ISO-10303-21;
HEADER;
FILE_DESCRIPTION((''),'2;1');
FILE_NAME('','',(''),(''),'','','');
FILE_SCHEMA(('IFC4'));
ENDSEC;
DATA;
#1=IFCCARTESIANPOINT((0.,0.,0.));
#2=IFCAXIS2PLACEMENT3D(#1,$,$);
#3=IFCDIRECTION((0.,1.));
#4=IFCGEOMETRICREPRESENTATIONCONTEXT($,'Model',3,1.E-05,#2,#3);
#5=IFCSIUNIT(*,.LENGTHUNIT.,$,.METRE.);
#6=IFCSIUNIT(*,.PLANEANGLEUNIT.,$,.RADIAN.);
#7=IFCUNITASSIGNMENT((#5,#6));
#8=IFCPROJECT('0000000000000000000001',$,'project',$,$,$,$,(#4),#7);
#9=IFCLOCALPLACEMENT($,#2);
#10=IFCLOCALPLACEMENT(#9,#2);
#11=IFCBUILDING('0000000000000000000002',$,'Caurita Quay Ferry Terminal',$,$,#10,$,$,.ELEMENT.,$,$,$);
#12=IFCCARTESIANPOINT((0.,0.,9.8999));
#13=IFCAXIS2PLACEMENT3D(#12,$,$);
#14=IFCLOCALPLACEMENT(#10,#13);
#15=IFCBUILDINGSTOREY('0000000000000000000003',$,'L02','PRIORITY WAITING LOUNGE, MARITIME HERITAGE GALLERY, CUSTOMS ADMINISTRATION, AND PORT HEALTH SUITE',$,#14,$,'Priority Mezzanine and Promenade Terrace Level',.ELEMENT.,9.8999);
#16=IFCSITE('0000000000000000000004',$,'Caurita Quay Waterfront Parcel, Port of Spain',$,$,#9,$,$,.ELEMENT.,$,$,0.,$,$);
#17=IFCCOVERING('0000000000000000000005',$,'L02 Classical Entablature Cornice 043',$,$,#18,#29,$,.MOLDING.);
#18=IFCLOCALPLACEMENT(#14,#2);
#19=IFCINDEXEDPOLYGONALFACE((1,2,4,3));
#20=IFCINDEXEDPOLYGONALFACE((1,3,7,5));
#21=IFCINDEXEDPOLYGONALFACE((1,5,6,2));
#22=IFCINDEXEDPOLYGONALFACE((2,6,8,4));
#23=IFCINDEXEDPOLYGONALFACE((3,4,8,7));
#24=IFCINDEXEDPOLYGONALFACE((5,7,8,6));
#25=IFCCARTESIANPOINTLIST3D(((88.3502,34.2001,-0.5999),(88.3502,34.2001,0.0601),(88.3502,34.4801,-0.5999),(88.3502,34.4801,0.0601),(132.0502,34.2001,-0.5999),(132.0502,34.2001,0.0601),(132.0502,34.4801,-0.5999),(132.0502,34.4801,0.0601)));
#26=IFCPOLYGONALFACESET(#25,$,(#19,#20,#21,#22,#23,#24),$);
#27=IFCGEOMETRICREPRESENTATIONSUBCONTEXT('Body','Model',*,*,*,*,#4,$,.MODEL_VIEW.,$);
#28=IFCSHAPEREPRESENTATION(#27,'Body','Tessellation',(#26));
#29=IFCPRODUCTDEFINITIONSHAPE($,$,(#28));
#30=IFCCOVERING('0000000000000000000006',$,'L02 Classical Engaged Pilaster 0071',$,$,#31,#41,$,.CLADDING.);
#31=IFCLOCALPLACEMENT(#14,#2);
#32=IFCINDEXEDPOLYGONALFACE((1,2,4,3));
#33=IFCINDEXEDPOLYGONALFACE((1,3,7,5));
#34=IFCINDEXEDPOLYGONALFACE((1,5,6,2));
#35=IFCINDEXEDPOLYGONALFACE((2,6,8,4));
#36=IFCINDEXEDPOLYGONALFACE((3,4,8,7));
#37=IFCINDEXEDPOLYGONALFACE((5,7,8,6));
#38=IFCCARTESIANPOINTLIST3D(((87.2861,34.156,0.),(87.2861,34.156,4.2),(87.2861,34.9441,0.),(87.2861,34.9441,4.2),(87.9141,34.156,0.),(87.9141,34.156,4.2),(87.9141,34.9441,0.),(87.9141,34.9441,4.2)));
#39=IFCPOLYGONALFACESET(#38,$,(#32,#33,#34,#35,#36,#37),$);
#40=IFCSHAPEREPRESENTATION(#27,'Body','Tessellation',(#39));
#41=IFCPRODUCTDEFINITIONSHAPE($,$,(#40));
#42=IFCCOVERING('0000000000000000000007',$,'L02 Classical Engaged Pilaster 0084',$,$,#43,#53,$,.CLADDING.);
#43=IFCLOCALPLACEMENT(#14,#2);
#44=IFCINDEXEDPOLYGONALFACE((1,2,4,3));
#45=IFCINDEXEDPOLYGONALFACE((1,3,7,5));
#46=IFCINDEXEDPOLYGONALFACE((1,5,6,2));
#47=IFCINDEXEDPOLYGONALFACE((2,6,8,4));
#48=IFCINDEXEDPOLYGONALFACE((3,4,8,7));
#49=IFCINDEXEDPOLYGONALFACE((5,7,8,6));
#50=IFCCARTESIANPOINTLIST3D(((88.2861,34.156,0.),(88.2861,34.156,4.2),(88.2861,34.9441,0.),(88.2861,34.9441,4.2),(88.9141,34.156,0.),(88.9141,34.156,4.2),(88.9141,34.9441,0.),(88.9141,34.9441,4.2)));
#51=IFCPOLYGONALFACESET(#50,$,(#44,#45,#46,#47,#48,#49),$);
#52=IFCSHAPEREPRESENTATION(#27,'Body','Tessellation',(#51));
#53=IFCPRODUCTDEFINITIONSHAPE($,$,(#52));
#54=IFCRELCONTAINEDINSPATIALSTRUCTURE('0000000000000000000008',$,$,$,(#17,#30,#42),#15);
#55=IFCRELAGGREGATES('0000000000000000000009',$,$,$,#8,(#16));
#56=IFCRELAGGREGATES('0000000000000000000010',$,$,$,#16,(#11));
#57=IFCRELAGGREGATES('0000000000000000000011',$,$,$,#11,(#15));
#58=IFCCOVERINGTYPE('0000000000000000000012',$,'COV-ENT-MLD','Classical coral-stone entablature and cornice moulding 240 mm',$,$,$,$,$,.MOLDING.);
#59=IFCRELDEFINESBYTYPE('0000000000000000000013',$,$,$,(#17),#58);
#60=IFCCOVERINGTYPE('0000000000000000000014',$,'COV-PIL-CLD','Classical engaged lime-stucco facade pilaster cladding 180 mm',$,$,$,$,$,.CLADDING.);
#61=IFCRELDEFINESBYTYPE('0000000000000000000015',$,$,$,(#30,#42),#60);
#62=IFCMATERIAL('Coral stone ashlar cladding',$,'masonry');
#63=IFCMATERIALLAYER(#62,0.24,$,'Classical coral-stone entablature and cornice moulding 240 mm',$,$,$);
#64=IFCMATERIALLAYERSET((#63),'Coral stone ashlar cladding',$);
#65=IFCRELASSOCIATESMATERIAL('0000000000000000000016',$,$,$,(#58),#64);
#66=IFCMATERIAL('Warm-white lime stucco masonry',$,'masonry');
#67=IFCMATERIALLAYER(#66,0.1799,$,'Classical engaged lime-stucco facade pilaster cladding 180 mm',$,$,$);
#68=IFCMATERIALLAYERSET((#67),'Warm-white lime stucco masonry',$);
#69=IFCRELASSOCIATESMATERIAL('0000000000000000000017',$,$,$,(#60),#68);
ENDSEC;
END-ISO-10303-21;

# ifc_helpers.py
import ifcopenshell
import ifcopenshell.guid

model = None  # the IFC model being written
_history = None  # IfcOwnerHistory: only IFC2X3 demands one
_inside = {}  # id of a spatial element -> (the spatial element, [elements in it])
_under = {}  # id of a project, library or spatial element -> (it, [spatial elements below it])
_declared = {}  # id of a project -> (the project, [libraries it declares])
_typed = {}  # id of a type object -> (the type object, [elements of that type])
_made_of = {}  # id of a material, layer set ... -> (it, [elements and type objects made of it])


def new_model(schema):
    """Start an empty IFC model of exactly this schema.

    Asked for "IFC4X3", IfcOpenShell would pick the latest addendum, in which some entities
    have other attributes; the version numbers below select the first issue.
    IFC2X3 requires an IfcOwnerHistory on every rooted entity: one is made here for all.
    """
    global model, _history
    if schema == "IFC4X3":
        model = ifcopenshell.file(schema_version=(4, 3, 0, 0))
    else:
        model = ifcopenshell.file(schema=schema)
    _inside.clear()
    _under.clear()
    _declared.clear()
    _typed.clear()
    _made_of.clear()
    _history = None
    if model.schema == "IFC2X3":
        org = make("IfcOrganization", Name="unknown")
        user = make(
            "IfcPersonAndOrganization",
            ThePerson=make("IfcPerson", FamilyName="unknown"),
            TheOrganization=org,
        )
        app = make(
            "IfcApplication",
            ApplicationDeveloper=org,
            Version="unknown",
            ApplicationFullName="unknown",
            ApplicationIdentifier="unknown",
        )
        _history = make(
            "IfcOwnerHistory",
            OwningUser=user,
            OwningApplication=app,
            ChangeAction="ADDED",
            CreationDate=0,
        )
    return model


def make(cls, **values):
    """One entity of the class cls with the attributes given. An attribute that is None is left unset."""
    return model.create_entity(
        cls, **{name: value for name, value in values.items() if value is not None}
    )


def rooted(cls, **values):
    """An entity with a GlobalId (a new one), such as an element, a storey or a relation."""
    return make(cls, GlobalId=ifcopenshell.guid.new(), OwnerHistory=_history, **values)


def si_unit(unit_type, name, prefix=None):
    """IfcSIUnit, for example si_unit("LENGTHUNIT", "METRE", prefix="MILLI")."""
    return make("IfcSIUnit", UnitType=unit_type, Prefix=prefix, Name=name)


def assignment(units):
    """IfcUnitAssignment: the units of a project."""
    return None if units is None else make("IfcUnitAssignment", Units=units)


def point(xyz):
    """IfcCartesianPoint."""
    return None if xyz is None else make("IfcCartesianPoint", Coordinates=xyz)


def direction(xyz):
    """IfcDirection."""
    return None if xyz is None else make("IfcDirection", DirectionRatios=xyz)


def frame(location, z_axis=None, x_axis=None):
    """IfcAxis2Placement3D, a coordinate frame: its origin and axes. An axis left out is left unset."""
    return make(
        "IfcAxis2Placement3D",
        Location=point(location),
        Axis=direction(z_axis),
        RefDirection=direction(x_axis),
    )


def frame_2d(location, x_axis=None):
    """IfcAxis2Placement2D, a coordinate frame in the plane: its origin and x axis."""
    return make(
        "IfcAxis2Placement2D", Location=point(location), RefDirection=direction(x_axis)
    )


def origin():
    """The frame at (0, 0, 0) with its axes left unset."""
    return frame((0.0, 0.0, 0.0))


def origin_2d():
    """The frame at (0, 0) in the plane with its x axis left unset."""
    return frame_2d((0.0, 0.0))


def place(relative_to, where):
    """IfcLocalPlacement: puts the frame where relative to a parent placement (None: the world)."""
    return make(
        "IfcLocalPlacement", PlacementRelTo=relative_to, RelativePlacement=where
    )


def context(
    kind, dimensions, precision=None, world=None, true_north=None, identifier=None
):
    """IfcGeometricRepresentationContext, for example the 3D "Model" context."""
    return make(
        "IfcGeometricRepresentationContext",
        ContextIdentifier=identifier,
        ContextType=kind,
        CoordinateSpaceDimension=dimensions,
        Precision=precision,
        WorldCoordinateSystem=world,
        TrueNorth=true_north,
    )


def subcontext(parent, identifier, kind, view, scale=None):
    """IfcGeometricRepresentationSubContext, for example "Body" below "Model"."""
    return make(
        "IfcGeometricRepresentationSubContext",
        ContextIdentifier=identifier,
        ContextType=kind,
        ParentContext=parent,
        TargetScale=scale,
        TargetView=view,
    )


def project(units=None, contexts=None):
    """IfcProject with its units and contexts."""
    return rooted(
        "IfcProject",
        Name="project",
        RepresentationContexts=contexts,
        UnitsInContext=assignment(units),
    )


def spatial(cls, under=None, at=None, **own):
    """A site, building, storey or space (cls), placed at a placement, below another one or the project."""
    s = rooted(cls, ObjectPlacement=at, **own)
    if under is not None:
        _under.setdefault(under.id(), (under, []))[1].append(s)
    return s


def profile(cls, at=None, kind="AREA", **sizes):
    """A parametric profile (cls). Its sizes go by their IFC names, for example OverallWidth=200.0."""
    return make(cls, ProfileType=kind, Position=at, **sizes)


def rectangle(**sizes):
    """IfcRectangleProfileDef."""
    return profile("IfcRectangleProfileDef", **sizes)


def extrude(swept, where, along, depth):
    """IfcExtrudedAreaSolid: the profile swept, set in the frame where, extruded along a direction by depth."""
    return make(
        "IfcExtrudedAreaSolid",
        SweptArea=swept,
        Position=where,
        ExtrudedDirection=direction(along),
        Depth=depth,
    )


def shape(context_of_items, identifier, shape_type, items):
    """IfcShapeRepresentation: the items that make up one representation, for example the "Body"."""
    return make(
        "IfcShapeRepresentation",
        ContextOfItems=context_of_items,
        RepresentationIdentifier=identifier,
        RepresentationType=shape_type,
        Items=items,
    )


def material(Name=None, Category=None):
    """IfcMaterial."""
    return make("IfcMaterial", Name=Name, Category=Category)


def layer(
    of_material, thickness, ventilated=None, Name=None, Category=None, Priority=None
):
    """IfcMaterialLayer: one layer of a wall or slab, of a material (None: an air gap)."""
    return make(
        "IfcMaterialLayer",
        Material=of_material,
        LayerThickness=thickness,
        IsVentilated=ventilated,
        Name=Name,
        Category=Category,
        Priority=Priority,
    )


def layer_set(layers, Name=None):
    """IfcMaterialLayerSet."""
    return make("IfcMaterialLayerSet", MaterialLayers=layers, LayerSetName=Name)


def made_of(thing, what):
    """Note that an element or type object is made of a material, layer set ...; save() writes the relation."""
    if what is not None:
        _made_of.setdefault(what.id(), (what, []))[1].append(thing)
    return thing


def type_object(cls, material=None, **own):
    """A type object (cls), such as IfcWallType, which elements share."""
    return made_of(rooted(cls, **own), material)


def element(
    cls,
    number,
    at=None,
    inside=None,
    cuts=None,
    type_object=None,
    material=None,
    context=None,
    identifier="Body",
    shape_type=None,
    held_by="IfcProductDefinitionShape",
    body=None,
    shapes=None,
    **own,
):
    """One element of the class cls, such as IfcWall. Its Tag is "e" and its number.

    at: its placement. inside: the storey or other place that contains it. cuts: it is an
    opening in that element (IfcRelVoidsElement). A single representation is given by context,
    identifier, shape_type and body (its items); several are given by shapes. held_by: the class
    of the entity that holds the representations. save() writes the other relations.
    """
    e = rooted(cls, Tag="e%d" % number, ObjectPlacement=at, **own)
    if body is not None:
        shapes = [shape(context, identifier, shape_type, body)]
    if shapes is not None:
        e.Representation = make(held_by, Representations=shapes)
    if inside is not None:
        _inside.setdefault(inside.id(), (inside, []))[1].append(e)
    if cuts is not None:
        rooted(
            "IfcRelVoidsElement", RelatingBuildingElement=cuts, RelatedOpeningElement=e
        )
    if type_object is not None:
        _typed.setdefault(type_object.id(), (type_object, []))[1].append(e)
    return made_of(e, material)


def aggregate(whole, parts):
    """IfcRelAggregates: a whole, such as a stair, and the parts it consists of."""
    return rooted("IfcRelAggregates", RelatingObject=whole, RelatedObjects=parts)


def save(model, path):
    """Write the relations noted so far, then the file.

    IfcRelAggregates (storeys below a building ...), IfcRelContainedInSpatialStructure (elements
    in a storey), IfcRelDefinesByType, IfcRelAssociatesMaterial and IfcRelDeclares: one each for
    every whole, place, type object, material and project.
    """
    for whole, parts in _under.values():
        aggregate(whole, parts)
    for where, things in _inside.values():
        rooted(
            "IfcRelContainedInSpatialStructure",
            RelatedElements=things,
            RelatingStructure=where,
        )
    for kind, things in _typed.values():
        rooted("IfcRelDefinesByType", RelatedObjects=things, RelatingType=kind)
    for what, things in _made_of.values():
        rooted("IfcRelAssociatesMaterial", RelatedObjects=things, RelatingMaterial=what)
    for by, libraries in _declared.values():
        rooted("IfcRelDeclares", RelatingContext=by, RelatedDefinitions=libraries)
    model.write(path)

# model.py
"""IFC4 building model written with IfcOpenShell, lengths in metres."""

from ifc_helpers import new_model, si_unit, direction, frame, frame_2d, origin, origin_2d, place, context, subcontext, project, spatial, rectangle, extrude, material, layer, layer_set, type_object, element, save


model = new_model("IFC4")

# Units and contexts
model_context = context("Model", 3, precision=1e-05, world=origin(), true_north=direction((0.0, 1.0)))
body_context = subcontext(model_context, "Body", "Model", "MODEL_VIEW")
ifc_project = project(units=[si_unit("LENGTHUNIT", "METRE"), si_unit("PLANEANGLEUNIT", "RADIAN")], contexts=[model_context])

# Site, building, storey
site_placement = place(None, origin())
site = spatial("IfcSite", under=ifc_project, at=site_placement, Name="Caurita Quay Waterfront Parcel, Port of Spain", CompositionType="ELEMENT", RefElevation=0.0)
building_placement = place(site_placement, origin())
building = spatial("IfcBuilding", under=site, at=building_placement, Name="Caurita Quay Ferry Terminal", CompositionType="ELEMENT")
storey_placement = place(building_placement, frame((0.0, 0.0, 9.8999)))
storey = spatial("IfcBuildingStorey", under=building, at=storey_placement, Name="L02", Description="PRIORITY WAITING LOUNGE, MARITIME HERITAGE GALLERY, CUSTOMS ADMINISTRATION, AND PORT HEALTH SUITE", LongName="Priority Mezzanine and Promenade Terrace Level", CompositionType="ELEMENT", Elevation=9.8999)

# Coverings
ifc_material_1 = material(Name="Coral stone ashlar cladding", Category="masonry")
ifc_layer_1 = layer(ifc_material_1, 0.24, Name="Classical coral-stone entablature and cornice moulding 240 mm")
ifc_layer_set_1 = layer_set([ifc_layer_1], Name="Coral stone ashlar cladding")
covering_type_1 = type_object("IfcCoveringType", Name="COV-ENT-MLD", Description="Classical coral-stone entablature and cornice moulding 240 mm", PredefinedType="MOLDING", material=ifc_layer_set_1)
covering_placement = place(storey_placement, frame((88.3501, 34.3401, -0.5999), z_axis=(0.0, 0.0, 1.0), x_axis=(1.0, 0.0, 0.0)))
element("IfcCovering", 1, at=covering_placement, inside=storey, type_object=covering_type_1, Name="L02 Classical Entablature Cornice 043", PredefinedType="MOLDING", context=body_context, shape_type="SweptSolid", body=[
    extrude(rectangle(XDim=43.7, YDim=0.28, at=frame_2d((21.8501, 0.0))), origin(), (0.0, 0.0, 1.0), 0.6599),
])
ifc_material_2 = material(Name="Warm-white lime stucco masonry", Category="masonry")
ifc_layer_2 = layer(ifc_material_2, 0.1799, Name="Classical engaged lime-stucco facade pilaster cladding 180 mm")
ifc_layer_set_2 = layer_set([ifc_layer_2], Name="Warm-white lime stucco masonry")
covering_type_2 = type_object("IfcCoveringType", Name="COV-PIL-CLD", Description="Classical engaged lime-stucco facade pilaster cladding 180 mm", PredefinedType="CLADDING", material=ifc_layer_set_2)
for number, where, z_axis, x_axis, name in (
    (2, (87.6001, 34.55, 0.0), (0.0, 0.0, 1.0), (1.0, 0.0, 0.0), "L02 Classical Engaged Pilaster 0071"),
    (3, (88.6001, 34.55, 0.0), (0.0, 0.0, 1.0), (1.0, 0.0, 0.0), "L02 Classical Engaged Pilaster 0084"),
):
    element("IfcCovering", number, at=place(storey_placement, frame(where, z_axis=z_axis, x_axis=x_axis)), inside=storey, type_object=covering_type_2, Name=name, PredefinedType="CLADDING", context=body_context, shape_type="SweptSolid", body=[
        extrude(rectangle(XDim=0.6279, YDim=0.7881, at=origin_2d()), origin(), (0.0, 0.0, 1.0), 4.2),
    ])

save(model, "model.ifc")
